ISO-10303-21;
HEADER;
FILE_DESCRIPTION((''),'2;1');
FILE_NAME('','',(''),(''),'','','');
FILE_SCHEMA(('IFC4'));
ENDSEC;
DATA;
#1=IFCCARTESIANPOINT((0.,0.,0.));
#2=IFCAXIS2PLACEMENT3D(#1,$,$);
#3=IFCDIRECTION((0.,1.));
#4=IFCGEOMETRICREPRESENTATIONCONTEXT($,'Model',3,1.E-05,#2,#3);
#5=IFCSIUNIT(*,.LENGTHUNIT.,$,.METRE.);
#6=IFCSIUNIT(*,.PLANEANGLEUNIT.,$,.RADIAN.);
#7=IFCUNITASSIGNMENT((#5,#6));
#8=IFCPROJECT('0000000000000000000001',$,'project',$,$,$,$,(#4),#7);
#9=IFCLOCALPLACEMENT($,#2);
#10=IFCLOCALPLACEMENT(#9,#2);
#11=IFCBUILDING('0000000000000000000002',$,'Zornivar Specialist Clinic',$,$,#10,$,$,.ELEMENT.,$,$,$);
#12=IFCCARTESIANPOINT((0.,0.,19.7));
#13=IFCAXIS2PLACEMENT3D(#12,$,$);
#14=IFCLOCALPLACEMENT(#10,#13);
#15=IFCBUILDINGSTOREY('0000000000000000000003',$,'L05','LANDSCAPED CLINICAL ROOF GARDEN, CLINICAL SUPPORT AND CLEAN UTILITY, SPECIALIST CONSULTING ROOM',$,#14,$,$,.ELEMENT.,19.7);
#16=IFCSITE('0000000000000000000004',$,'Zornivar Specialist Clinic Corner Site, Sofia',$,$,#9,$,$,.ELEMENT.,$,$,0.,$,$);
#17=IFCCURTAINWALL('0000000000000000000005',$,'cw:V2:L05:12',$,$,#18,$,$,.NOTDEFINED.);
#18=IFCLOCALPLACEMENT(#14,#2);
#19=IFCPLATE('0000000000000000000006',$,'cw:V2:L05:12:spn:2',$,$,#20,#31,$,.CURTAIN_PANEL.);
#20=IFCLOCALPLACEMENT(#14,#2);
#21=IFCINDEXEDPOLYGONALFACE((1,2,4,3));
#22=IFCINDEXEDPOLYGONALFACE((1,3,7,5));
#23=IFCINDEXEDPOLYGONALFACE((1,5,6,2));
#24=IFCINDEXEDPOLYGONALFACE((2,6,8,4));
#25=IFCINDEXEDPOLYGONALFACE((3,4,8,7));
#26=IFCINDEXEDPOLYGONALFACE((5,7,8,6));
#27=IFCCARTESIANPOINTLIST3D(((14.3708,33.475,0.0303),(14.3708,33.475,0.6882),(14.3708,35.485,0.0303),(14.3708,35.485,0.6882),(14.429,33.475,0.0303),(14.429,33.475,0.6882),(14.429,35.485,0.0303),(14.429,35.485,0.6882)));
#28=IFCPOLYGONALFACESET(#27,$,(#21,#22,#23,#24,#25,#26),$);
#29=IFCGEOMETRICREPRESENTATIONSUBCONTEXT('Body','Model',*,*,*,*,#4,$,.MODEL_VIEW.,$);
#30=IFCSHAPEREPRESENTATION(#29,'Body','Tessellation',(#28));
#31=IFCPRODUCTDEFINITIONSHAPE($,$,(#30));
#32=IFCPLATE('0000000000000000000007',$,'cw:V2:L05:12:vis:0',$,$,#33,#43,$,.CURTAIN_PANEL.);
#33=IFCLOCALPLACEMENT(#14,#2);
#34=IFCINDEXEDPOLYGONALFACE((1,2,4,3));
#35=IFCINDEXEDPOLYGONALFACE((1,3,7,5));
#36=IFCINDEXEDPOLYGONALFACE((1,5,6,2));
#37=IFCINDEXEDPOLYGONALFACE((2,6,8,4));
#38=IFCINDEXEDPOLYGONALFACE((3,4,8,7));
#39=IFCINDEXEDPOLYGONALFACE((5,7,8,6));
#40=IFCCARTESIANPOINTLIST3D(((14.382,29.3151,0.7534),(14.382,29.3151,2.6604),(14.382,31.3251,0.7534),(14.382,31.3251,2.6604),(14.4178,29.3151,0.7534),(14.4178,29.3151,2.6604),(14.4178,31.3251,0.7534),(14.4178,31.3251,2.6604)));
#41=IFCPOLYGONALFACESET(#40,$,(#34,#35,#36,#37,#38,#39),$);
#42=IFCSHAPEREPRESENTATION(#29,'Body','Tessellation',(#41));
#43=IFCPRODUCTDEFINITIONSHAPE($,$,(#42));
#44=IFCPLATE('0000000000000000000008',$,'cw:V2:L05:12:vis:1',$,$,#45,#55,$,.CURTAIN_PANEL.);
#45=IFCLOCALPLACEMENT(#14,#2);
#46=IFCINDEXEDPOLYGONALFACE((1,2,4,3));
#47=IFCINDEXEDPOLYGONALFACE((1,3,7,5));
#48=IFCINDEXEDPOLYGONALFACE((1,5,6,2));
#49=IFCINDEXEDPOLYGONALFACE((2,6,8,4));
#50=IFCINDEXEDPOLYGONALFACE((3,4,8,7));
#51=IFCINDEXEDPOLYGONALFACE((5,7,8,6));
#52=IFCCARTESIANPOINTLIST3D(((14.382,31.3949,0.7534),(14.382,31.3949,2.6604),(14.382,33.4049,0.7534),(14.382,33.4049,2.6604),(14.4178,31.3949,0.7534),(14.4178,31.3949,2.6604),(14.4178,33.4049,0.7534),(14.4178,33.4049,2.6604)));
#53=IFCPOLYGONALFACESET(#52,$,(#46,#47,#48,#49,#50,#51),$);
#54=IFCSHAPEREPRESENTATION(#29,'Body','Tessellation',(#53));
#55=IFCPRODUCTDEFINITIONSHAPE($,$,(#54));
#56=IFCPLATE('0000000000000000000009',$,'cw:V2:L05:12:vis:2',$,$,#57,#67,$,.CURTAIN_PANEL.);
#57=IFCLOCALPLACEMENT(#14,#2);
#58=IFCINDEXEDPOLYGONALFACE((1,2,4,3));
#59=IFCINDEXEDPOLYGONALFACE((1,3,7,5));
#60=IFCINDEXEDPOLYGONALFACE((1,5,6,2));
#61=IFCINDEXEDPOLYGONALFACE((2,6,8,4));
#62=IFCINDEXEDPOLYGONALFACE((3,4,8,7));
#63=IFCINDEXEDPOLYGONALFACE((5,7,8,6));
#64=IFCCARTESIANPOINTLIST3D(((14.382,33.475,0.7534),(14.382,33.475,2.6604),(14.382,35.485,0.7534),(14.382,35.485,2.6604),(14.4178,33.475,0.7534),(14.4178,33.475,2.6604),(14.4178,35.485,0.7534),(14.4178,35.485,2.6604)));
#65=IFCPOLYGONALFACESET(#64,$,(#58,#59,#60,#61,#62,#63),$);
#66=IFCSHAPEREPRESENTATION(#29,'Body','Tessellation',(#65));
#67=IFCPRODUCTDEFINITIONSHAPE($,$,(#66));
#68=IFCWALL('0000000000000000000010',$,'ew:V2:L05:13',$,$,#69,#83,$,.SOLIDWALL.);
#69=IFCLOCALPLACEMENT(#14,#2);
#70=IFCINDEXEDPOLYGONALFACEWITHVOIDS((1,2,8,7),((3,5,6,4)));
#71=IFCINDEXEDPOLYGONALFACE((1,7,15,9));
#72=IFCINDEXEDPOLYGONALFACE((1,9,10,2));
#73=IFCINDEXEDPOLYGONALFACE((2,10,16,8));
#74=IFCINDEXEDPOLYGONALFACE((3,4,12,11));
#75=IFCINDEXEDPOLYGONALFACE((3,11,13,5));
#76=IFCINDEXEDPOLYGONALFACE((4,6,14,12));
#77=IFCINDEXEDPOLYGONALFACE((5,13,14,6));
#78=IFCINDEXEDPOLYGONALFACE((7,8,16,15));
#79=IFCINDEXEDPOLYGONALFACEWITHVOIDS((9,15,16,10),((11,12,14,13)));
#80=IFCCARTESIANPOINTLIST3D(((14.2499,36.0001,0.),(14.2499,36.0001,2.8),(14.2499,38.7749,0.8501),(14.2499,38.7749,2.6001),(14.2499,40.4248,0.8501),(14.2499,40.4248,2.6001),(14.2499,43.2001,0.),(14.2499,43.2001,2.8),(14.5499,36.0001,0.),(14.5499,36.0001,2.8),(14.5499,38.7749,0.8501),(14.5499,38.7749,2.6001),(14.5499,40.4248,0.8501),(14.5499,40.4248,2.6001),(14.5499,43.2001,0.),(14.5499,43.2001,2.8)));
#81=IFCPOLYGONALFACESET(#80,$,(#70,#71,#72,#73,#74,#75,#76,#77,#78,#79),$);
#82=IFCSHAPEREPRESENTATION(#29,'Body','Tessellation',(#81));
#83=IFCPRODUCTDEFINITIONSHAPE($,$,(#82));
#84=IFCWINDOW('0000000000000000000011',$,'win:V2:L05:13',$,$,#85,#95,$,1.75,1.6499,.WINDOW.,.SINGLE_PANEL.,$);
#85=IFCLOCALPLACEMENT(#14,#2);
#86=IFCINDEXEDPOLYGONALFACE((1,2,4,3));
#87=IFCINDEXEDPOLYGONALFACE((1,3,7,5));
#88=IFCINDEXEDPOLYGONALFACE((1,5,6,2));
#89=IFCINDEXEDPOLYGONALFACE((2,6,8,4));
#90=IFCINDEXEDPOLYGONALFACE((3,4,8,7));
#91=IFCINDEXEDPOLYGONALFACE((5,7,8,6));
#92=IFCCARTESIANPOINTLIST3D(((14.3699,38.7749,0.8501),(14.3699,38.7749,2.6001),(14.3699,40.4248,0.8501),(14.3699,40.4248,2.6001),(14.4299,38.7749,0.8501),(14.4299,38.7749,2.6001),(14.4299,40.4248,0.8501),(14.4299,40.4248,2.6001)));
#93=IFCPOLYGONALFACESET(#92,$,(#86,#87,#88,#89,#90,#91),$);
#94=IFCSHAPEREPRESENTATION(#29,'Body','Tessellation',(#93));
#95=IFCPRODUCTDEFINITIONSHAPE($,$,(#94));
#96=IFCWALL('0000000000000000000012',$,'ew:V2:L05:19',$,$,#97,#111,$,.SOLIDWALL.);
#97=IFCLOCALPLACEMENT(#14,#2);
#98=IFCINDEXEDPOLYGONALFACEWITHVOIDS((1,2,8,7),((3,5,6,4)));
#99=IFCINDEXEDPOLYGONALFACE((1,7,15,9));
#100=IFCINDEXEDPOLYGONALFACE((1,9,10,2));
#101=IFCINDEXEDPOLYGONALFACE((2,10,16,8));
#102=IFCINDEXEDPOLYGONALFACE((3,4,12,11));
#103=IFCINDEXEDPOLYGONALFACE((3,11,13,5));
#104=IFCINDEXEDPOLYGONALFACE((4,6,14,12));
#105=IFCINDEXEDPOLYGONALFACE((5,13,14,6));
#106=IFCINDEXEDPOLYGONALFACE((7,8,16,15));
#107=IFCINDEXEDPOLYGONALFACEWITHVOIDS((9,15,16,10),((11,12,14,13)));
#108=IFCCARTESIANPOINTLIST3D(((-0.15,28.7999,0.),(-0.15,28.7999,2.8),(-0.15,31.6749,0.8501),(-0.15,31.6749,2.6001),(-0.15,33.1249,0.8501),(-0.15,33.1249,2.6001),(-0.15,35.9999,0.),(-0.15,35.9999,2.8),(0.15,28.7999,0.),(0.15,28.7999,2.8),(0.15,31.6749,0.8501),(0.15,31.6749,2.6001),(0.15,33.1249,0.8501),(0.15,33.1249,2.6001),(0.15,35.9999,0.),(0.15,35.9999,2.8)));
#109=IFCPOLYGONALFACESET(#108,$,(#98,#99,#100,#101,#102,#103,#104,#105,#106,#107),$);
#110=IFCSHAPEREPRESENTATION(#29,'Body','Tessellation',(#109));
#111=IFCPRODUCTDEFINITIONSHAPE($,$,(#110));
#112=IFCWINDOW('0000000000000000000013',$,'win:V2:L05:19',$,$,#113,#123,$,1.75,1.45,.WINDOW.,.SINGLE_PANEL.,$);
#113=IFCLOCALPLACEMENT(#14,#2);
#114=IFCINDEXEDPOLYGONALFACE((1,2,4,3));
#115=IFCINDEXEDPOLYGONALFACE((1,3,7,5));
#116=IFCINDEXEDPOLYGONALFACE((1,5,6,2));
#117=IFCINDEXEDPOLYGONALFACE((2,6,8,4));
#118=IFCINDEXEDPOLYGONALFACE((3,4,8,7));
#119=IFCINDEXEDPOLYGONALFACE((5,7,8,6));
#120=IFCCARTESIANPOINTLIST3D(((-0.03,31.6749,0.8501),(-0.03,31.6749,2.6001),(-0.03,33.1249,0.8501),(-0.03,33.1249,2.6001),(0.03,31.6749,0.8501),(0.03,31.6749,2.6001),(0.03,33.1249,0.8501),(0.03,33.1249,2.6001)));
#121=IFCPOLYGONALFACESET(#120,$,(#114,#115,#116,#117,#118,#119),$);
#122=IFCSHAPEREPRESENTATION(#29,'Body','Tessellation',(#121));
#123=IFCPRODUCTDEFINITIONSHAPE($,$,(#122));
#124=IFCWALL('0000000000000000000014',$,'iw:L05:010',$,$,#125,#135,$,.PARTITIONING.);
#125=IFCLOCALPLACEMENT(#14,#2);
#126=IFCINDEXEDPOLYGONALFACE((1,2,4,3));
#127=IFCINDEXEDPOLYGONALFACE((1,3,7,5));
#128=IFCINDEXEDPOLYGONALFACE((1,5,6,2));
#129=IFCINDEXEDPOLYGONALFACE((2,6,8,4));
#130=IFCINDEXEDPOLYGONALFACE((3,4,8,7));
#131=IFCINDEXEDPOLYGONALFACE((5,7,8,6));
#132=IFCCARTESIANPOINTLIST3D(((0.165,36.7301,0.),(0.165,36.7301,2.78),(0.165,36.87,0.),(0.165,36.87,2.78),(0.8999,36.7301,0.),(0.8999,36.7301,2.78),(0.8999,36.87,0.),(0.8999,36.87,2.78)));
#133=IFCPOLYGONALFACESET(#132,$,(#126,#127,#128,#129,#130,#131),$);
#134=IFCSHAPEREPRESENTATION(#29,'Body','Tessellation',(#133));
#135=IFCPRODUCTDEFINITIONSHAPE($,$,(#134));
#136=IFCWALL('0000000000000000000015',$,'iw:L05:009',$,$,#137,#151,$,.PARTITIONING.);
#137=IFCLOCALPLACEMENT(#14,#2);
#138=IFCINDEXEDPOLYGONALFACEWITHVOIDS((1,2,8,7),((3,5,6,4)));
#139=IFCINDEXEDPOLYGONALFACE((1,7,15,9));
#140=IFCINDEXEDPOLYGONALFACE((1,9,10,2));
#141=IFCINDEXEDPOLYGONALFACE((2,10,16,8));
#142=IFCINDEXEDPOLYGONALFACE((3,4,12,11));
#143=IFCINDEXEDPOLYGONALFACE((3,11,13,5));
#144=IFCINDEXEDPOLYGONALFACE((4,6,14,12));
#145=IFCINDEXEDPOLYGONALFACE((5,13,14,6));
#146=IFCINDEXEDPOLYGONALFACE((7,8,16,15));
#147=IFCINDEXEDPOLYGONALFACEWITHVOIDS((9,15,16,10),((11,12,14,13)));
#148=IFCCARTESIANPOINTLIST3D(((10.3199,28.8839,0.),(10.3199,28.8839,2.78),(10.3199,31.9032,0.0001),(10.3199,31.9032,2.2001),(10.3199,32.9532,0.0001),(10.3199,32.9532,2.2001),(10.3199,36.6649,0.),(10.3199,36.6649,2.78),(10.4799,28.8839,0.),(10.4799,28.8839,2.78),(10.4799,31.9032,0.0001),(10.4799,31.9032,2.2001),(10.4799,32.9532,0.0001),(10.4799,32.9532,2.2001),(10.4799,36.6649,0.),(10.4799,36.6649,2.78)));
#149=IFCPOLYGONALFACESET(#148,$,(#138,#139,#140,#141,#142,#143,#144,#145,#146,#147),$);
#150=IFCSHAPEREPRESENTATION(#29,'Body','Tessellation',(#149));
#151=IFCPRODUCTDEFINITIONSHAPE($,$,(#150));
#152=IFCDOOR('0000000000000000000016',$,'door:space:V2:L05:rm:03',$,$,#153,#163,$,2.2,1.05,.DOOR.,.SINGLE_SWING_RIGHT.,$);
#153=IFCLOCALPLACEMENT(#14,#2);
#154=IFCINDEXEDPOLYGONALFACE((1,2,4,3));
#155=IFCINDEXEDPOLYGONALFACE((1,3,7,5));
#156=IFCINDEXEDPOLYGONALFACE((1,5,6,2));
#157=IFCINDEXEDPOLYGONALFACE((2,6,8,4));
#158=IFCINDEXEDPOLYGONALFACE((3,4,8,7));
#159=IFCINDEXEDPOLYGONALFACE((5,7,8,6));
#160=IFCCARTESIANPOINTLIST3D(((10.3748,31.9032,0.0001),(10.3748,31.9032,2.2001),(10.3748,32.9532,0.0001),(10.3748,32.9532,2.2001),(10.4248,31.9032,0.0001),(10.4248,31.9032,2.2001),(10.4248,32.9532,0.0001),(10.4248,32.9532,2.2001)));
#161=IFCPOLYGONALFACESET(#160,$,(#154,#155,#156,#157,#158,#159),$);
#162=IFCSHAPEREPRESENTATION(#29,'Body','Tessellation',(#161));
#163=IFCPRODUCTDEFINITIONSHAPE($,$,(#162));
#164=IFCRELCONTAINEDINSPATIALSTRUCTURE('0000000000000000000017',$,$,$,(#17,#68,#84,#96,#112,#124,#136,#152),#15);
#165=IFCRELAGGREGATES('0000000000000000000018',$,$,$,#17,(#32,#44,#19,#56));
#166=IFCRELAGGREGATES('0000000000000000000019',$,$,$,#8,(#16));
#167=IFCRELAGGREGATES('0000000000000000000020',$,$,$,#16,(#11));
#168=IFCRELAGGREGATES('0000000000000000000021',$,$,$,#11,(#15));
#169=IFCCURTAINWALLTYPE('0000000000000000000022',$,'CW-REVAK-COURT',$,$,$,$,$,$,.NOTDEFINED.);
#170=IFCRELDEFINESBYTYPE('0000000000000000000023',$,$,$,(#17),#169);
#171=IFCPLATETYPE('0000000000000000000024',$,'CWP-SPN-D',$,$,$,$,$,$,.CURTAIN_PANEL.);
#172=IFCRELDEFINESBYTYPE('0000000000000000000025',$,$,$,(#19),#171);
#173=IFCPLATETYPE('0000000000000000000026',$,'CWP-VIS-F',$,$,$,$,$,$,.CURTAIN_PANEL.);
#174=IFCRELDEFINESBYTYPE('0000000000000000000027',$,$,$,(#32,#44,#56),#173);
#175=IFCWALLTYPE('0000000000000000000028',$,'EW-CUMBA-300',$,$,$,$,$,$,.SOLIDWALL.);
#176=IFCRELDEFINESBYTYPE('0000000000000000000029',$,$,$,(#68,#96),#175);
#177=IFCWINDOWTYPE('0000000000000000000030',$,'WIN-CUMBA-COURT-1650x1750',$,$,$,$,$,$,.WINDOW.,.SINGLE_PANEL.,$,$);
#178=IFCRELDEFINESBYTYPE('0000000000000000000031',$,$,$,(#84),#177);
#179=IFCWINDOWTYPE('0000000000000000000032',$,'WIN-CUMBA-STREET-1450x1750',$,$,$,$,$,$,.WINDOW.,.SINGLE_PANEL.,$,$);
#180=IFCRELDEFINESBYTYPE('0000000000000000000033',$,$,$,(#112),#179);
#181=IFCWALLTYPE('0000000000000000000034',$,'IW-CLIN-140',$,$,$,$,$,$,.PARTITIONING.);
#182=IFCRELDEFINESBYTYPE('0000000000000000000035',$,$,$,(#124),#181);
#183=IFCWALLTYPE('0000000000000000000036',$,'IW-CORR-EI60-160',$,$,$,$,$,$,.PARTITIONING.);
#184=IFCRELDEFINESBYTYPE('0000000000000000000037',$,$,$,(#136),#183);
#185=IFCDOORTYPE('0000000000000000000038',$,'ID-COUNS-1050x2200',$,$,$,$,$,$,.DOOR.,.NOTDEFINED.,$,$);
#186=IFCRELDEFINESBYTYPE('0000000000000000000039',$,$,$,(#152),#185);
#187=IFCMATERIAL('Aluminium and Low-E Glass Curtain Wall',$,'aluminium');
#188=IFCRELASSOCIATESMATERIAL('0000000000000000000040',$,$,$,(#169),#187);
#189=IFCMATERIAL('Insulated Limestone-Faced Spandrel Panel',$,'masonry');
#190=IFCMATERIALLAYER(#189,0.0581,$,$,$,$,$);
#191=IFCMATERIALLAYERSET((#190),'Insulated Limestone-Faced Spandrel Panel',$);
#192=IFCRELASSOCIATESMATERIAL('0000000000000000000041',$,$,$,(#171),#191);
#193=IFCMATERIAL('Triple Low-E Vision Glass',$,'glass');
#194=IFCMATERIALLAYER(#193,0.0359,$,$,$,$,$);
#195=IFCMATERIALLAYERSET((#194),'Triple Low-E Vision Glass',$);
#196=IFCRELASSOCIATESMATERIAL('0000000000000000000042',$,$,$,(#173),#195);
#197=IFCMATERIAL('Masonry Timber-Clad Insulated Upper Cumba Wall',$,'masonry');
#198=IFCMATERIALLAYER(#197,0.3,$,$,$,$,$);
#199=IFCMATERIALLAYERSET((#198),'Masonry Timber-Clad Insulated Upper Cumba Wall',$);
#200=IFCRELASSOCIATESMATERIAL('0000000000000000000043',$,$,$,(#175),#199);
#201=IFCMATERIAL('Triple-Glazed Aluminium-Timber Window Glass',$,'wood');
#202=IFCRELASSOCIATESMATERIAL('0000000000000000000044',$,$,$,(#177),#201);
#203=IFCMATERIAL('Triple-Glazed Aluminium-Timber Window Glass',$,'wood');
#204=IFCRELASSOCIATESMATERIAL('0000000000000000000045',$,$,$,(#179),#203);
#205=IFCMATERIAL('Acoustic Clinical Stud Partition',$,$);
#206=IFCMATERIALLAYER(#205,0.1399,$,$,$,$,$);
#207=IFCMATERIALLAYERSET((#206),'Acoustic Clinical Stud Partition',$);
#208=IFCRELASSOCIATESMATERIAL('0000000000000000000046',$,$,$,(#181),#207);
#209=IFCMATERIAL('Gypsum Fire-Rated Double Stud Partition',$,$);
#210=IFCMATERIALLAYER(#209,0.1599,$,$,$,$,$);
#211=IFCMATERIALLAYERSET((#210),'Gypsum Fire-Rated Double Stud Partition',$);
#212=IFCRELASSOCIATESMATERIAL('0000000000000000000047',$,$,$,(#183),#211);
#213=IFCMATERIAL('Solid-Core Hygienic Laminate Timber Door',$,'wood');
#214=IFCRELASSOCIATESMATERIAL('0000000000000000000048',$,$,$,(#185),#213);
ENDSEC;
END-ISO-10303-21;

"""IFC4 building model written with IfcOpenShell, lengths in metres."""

from ifc_helpers import new_model, si_unit, direction, frame, frame_2d, origin, origin_2d, place, context, subcontext, project, spatial, rectangle, extrude, material, layer, layer_set, type_object, element, fill, aggregate, save


model = new_model("IFC4")

# Units and contexts
model_context = context("Model", 3, precision=1e-05, world=origin(), true_north=direction((0.0, 1.0)))
body_context = subcontext(model_context, "Body", "Model", "MODEL_VIEW")
ifc_project = project(units=[si_unit("LENGTHUNIT", "METRE"), si_unit("PLANEANGLEUNIT", "RADIAN")], contexts=[model_context])

# Site, building, storey
site_placement = place(None, origin())
site = spatial("IfcSite", under=ifc_project, at=site_placement, Name="Zornivar Specialist Clinic Corner Site, Sofia", CompositionType="ELEMENT", RefElevation=0.0)
building_placement = place(site_placement, origin())
building = spatial("IfcBuilding", under=site, at=building_placement, Name="Zornivar Specialist Clinic", CompositionType="ELEMENT")
storey_placement = place(building_placement, frame((0.0, 0.0, 19.7)))
storey = spatial("IfcBuildingStorey", under=building, at=storey_placement, Name="L05", Description="LANDSCAPED CLINICAL ROOF GARDEN, CLINICAL SUPPORT AND CLEAN UTILITY, SPECIALIST CONSULTING ROOM", CompositionType="ELEMENT", Elevation=19.7)

# Curtain wall, plates
ifc_material_1 = material(Name="Aluminium and Low-E Glass Curtain Wall", Category="aluminium")
curtain_wall_type = type_object("IfcCurtainWallType", Name="CW-REVAK-COURT", PredefinedType="NOTDEFINED", material=ifc_material_1)
curtain_wall_placement = place(storey_placement, origin())
curtain_wall = element("IfcCurtainWall", 1, at=curtain_wall_placement, inside=storey, type_object=curtain_wall_type, Name="cw:V2:L05:12", PredefinedType="NOTDEFINED")
ifc_material_2 = material(Name="Insulated Limestone-Faced Spandrel Panel", Category="masonry")
ifc_layer_1 = layer(ifc_material_2, 0.0581)
ifc_layer_set_1 = layer_set([ifc_layer_1], Name="Insulated Limestone-Faced Spandrel Panel")
plate_type_1 = type_object("IfcPlateType", Name="CWP-SPN-D", PredefinedType="CURTAIN_PANEL", material=ifc_layer_set_1)
plate_1_placement = place(storey_placement, frame((14.3999, 34.48, 0.0303), z_axis=(0.0, 0.0, 1.0), x_axis=(0.0, 1.0, 0.0)))
plate_1 = element("IfcPlate", 2, at=plate_1_placement, type_object=plate_type_1, Name="cw:V2:L05:12:spn:2", PredefinedType="CURTAIN_PANEL", context=body_context, shape_type="SweptSolid", body=[
    extrude(rectangle(XDim=2.01, YDim=0.0581, at=origin_2d()), origin(), (0.0, 0.0, 1.0), 0.658),
])
ifc_material_3 = material(Name="Triple Low-E Vision Glass", Category="glass")
ifc_layer_2 = layer(ifc_material_3, 0.0359)
ifc_layer_set_2 = layer_set([ifc_layer_2], Name="Triple Low-E Vision Glass")
plate_type_2 = type_object("IfcPlateType", Name="CWP-VIS-F", PredefinedType="CURTAIN_PANEL", material=ifc_layer_set_2)
plate_2_placement = place(storey_placement, frame((14.3999, 30.3201, 0.7534), z_axis=(0.0, 0.0, 1.0), x_axis=(0.0, 1.0, 0.0)))
plate_2 = element("IfcPlate", 3, at=plate_2_placement, type_object=plate_type_2, Name="cw:V2:L05:12:vis:0", PredefinedType="CURTAIN_PANEL", context=body_context, shape_type="SweptSolid", body=[
    extrude(rectangle(XDim=2.01, YDim=0.0359, at=origin_2d()), origin(), (0.0, 0.0, 1.0), 1.907),
])
plate_3_placement = place(storey_placement, frame((14.3999, 32.3999, 0.7534), z_axis=(0.0, 0.0, 1.0), x_axis=(0.0, 1.0, 0.0)))
plate_3 = element("IfcPlate", 4, at=plate_3_placement, type_object=plate_type_2, Name="cw:V2:L05:12:vis:1", PredefinedType="CURTAIN_PANEL", context=body_context, shape_type="SweptSolid", body=[
    extrude(rectangle(XDim=2.01, YDim=0.0359, at=origin_2d()), origin(), (0.0, 0.0, 1.0), 1.907),
])
plate_4_placement = place(storey_placement, frame((14.3999, 34.48, 0.7534), z_axis=(0.0, 0.0, 1.0), x_axis=(0.0, 1.0, 0.0)))
plate_4 = element("IfcPlate", 5, at=plate_4_placement, type_object=plate_type_2, Name="cw:V2:L05:12:vis:2", PredefinedType="CURTAIN_PANEL", context=body_context, shape_type="SweptSolid", body=[
    extrude(rectangle(XDim=2.01, YDim=0.0359, at=origin_2d()), origin(), (0.0, 0.0, 1.0), 1.907),
])
aggregate(curtain_wall, [plate_2, plate_3, plate_1, plate_4])

# Walls, openings, windows
ifc_material_4 = material(Name="Masonry Timber-Clad Insulated Upper Cumba Wall", Category="masonry")
ifc_layer_3 = layer(ifc_material_4, 0.3)
ifc_layer_set_3 = layer_set([ifc_layer_3], Name="Masonry Timber-Clad Insulated Upper Cumba Wall")
wall_type_1 = type_object("IfcWallType", Name="EW-CUMBA-300", PredefinedType="SOLIDWALL", material=ifc_layer_set_3)
wall_1_placement = place(storey_placement, frame((14.3999, 36.0, 0.0), z_axis=(0.0, 0.0, 1.0), x_axis=(0.0, 1.0, 0.0)))
wall_1 = element("IfcWall", 6, at=wall_1_placement, inside=storey, type_object=wall_type_1, Name="ew:V2:L05:13", PredefinedType="SOLIDWALL", context=body_context, shape_type="SweptSolid", body=[
    extrude(rectangle(XDim=7.2, YDim=0.3, at=frame_2d((3.6001, 0.0))), origin(), (0.0, 0.0, 1.0), 2.8),
])
opening_1_placement = place(wall_1_placement, frame((2.7749, 0.0, 0.8501)))
opening_1 = element("IfcOpeningElement", 7, at=opening_1_placement, cuts=wall_1, PredefinedType="OPENING", context=body_context, shape_type="SweptSolid", body=[
    extrude(rectangle(XDim=1.6499, YDim=1.75, at=frame_2d((0.825, 0.875))), frame((0.0, 0.1599, 0.0), z_axis=(0.0, -1.0, 0.0), x_axis=(1.0, 0.0, 0.0)), (0.0, 0.0, 1.0), 0.3201),
])
ifc_material_5 = material(Name="Triple-Glazed Aluminium-Timber Window Glass", Category="wood")
window_type_1 = type_object("IfcWindowType", Name="WIN-CUMBA-COURT-1650x1750", PartitioningType="SINGLE_PANEL", PredefinedType="WINDOW", material=ifc_material_5)
window_1_placement = place(opening_1_placement, origin())
window_1 = element("IfcWindow", 8, at=window_1_placement, inside=storey, type_object=window_type_1, Name="win:V2:L05:13", OverallHeight=1.75, OverallWidth=1.6499, PartitioningType="SINGLE_PANEL", PredefinedType="WINDOW", context=body_context, shape_type="SweptSolid", body=[
    extrude(rectangle(XDim=1.6499, YDim=1.75, at=frame_2d((0.825, 0.875))), frame((0.0, 0.03, 0.0), z_axis=(0.0, -1.0, 0.0), x_axis=(1.0, 0.0, 0.0)), (0.0, 0.0, 1.0), 0.0601),
])
fill(opening_1, window_1)
wall_2_placement = place(storey_placement, frame((0.0, 36.0, 0.0), z_axis=(0.0, 0.0, 1.0), x_axis=(0.0, -1.0, 0.0)))
wall_2 = element("IfcWall", 9, at=wall_2_placement, inside=storey, type_object=wall_type_1, Name="ew:V2:L05:19", PredefinedType="SOLIDWALL", context=body_context, shape_type="SweptSolid", body=[
    extrude(rectangle(XDim=7.2, YDim=0.3, at=frame_2d((3.6001, 0.0))), origin(), (0.0, 0.0, 1.0), 2.8),
])
opening_2_placement = place(wall_2_placement, frame((2.875, 0.0, 0.8501)))
opening_2 = element("IfcOpeningElement", 10, at=opening_2_placement, cuts=wall_2, PredefinedType="OPENING", context=body_context, shape_type="SweptSolid", body=[
    extrude(rectangle(XDim=1.45, YDim=1.75, at=frame_2d((0.7251, 0.875))), frame((0.0, 0.1599, 0.0), z_axis=(0.0, -1.0, 0.0), x_axis=(1.0, 0.0, 0.0)), (0.0, 0.0, 1.0), 0.3201),
])
ifc_material_6 = material(Name="Triple-Glazed Aluminium-Timber Window Glass", Category="wood")
window_type_2 = type_object("IfcWindowType", Name="WIN-CUMBA-STREET-1450x1750", PartitioningType="SINGLE_PANEL", PredefinedType="WINDOW", material=ifc_material_6)
window_2_placement = place(opening_2_placement, origin())
window_2 = element("IfcWindow", 11, at=window_2_placement, inside=storey, type_object=window_type_2, Name="win:V2:L05:19", OverallHeight=1.75, OverallWidth=1.45, PartitioningType="SINGLE_PANEL", PredefinedType="WINDOW", context=body_context, shape_type="SweptSolid", body=[
    extrude(rectangle(XDim=1.45, YDim=1.75, at=frame_2d((0.7251, 0.875))), frame((0.0, 0.03, 0.0), z_axis=(0.0, -1.0, 0.0), x_axis=(1.0, 0.0, 0.0)), (0.0, 0.0, 1.0), 0.0601),
])
fill(opening_2, window_2)

# Wall
ifc_material_7 = material(Name="Acoustic Clinical Stud Partition")
ifc_layer_4 = layer(ifc_material_7, 0.1399)
ifc_layer_set_4 = layer_set([ifc_layer_4], Name="Acoustic Clinical Stud Partition")
wall_type_2 = type_object("IfcWallType", Name="IW-CLIN-140", PredefinedType="PARTITIONING", material=ifc_layer_set_4)
wall_3_placement = place(storey_placement, frame((0.165, 36.8, 0.0), z_axis=(0.0, 0.0, 1.0), x_axis=(1.0, 0.0, 0.0)))
element("IfcWall", 12, at=wall_3_placement, inside=storey, type_object=wall_type_2, Name="iw:L05:010", PredefinedType="PARTITIONING", context=body_context, shape_type="SweptSolid", body=[
    extrude(rectangle(XDim=0.7349, YDim=0.1399, at=frame_2d((0.3674, 0.0))), origin(), (0.0, 0.0, 1.0), 2.78),
])

# Wall, opening, door
ifc_material_8 = material(Name="Gypsum Fire-Rated Double Stud Partition")
ifc_layer_5 = layer(ifc_material_8, 0.1599)
ifc_layer_set_5 = layer_set([ifc_layer_5], Name="Gypsum Fire-Rated Double Stud Partition")
wall_type_3 = type_object("IfcWallType", Name="IW-CORR-EI60-160", PredefinedType="PARTITIONING", material=ifc_layer_set_5)
wall_4_placement = place(storey_placement, frame((10.3999, 36.665, 0.0), z_axis=(0.0, 0.0, 1.0), x_axis=(0.0, -1.0, 0.0)))
wall_4 = element("IfcWall", 13, at=wall_4_placement, inside=storey, type_object=wall_type_3, Name="iw:L05:009", PredefinedType="PARTITIONING", context=body_context, shape_type="SweptSolid", body=[
    extrude(rectangle(XDim=7.781, YDim=0.1599, at=frame_2d((3.8906, 0.0))), origin(), (0.0, 0.0, 1.0), 2.78),
])
opening_3_placement = place(wall_4_placement, frame((3.7119, 0.0, 0.0)))
opening_3 = element("IfcOpeningElement", 14, at=opening_3_placement, cuts=wall_4, PredefinedType="OPENING", context=body_context, shape_type="SweptSolid", body=[
    extrude(rectangle(XDim=1.05, YDim=2.2, at=frame_2d((0.5249, 1.1001))), frame((0.0, 0.0898, 0.0), z_axis=(0.0, -1.0, 0.0), x_axis=(1.0, 0.0, 0.0)), (0.0, 0.0, 1.0), 0.1799),
])
ifc_material_9 = material(Name="Solid-Core Hygienic Laminate Timber Door", Category="wood")
door_type_1 = type_object("IfcDoorType", Name="ID-COUNS-1050x2200", OperationType="NOTDEFINED", PredefinedType="DOOR", material=ifc_material_9)
door_1_placement = place(opening_3_placement, origin())
door_1 = element("IfcDoor", 15, at=door_1_placement, inside=storey, type_object=door_type_1, Name="door:space:V2:L05:rm:03", OperationType="SINGLE_SWING_RIGHT", OverallHeight=2.2, OverallWidth=1.05, PredefinedType="DOOR", context=body_context, shape_type="SweptSolid", body=[
    extrude(rectangle(XDim=1.05, YDim=2.2, at=frame_2d((0.5249, 1.1001))), frame((0.0, 0.0249, 0.0), z_axis=(0.0, -1.0, 0.0), x_axis=(1.0, 0.0, 0.0)), (0.0, 0.0, 1.0), 0.05),
])
fill(opening_3, door_1)

save(model, "model.ifc")
